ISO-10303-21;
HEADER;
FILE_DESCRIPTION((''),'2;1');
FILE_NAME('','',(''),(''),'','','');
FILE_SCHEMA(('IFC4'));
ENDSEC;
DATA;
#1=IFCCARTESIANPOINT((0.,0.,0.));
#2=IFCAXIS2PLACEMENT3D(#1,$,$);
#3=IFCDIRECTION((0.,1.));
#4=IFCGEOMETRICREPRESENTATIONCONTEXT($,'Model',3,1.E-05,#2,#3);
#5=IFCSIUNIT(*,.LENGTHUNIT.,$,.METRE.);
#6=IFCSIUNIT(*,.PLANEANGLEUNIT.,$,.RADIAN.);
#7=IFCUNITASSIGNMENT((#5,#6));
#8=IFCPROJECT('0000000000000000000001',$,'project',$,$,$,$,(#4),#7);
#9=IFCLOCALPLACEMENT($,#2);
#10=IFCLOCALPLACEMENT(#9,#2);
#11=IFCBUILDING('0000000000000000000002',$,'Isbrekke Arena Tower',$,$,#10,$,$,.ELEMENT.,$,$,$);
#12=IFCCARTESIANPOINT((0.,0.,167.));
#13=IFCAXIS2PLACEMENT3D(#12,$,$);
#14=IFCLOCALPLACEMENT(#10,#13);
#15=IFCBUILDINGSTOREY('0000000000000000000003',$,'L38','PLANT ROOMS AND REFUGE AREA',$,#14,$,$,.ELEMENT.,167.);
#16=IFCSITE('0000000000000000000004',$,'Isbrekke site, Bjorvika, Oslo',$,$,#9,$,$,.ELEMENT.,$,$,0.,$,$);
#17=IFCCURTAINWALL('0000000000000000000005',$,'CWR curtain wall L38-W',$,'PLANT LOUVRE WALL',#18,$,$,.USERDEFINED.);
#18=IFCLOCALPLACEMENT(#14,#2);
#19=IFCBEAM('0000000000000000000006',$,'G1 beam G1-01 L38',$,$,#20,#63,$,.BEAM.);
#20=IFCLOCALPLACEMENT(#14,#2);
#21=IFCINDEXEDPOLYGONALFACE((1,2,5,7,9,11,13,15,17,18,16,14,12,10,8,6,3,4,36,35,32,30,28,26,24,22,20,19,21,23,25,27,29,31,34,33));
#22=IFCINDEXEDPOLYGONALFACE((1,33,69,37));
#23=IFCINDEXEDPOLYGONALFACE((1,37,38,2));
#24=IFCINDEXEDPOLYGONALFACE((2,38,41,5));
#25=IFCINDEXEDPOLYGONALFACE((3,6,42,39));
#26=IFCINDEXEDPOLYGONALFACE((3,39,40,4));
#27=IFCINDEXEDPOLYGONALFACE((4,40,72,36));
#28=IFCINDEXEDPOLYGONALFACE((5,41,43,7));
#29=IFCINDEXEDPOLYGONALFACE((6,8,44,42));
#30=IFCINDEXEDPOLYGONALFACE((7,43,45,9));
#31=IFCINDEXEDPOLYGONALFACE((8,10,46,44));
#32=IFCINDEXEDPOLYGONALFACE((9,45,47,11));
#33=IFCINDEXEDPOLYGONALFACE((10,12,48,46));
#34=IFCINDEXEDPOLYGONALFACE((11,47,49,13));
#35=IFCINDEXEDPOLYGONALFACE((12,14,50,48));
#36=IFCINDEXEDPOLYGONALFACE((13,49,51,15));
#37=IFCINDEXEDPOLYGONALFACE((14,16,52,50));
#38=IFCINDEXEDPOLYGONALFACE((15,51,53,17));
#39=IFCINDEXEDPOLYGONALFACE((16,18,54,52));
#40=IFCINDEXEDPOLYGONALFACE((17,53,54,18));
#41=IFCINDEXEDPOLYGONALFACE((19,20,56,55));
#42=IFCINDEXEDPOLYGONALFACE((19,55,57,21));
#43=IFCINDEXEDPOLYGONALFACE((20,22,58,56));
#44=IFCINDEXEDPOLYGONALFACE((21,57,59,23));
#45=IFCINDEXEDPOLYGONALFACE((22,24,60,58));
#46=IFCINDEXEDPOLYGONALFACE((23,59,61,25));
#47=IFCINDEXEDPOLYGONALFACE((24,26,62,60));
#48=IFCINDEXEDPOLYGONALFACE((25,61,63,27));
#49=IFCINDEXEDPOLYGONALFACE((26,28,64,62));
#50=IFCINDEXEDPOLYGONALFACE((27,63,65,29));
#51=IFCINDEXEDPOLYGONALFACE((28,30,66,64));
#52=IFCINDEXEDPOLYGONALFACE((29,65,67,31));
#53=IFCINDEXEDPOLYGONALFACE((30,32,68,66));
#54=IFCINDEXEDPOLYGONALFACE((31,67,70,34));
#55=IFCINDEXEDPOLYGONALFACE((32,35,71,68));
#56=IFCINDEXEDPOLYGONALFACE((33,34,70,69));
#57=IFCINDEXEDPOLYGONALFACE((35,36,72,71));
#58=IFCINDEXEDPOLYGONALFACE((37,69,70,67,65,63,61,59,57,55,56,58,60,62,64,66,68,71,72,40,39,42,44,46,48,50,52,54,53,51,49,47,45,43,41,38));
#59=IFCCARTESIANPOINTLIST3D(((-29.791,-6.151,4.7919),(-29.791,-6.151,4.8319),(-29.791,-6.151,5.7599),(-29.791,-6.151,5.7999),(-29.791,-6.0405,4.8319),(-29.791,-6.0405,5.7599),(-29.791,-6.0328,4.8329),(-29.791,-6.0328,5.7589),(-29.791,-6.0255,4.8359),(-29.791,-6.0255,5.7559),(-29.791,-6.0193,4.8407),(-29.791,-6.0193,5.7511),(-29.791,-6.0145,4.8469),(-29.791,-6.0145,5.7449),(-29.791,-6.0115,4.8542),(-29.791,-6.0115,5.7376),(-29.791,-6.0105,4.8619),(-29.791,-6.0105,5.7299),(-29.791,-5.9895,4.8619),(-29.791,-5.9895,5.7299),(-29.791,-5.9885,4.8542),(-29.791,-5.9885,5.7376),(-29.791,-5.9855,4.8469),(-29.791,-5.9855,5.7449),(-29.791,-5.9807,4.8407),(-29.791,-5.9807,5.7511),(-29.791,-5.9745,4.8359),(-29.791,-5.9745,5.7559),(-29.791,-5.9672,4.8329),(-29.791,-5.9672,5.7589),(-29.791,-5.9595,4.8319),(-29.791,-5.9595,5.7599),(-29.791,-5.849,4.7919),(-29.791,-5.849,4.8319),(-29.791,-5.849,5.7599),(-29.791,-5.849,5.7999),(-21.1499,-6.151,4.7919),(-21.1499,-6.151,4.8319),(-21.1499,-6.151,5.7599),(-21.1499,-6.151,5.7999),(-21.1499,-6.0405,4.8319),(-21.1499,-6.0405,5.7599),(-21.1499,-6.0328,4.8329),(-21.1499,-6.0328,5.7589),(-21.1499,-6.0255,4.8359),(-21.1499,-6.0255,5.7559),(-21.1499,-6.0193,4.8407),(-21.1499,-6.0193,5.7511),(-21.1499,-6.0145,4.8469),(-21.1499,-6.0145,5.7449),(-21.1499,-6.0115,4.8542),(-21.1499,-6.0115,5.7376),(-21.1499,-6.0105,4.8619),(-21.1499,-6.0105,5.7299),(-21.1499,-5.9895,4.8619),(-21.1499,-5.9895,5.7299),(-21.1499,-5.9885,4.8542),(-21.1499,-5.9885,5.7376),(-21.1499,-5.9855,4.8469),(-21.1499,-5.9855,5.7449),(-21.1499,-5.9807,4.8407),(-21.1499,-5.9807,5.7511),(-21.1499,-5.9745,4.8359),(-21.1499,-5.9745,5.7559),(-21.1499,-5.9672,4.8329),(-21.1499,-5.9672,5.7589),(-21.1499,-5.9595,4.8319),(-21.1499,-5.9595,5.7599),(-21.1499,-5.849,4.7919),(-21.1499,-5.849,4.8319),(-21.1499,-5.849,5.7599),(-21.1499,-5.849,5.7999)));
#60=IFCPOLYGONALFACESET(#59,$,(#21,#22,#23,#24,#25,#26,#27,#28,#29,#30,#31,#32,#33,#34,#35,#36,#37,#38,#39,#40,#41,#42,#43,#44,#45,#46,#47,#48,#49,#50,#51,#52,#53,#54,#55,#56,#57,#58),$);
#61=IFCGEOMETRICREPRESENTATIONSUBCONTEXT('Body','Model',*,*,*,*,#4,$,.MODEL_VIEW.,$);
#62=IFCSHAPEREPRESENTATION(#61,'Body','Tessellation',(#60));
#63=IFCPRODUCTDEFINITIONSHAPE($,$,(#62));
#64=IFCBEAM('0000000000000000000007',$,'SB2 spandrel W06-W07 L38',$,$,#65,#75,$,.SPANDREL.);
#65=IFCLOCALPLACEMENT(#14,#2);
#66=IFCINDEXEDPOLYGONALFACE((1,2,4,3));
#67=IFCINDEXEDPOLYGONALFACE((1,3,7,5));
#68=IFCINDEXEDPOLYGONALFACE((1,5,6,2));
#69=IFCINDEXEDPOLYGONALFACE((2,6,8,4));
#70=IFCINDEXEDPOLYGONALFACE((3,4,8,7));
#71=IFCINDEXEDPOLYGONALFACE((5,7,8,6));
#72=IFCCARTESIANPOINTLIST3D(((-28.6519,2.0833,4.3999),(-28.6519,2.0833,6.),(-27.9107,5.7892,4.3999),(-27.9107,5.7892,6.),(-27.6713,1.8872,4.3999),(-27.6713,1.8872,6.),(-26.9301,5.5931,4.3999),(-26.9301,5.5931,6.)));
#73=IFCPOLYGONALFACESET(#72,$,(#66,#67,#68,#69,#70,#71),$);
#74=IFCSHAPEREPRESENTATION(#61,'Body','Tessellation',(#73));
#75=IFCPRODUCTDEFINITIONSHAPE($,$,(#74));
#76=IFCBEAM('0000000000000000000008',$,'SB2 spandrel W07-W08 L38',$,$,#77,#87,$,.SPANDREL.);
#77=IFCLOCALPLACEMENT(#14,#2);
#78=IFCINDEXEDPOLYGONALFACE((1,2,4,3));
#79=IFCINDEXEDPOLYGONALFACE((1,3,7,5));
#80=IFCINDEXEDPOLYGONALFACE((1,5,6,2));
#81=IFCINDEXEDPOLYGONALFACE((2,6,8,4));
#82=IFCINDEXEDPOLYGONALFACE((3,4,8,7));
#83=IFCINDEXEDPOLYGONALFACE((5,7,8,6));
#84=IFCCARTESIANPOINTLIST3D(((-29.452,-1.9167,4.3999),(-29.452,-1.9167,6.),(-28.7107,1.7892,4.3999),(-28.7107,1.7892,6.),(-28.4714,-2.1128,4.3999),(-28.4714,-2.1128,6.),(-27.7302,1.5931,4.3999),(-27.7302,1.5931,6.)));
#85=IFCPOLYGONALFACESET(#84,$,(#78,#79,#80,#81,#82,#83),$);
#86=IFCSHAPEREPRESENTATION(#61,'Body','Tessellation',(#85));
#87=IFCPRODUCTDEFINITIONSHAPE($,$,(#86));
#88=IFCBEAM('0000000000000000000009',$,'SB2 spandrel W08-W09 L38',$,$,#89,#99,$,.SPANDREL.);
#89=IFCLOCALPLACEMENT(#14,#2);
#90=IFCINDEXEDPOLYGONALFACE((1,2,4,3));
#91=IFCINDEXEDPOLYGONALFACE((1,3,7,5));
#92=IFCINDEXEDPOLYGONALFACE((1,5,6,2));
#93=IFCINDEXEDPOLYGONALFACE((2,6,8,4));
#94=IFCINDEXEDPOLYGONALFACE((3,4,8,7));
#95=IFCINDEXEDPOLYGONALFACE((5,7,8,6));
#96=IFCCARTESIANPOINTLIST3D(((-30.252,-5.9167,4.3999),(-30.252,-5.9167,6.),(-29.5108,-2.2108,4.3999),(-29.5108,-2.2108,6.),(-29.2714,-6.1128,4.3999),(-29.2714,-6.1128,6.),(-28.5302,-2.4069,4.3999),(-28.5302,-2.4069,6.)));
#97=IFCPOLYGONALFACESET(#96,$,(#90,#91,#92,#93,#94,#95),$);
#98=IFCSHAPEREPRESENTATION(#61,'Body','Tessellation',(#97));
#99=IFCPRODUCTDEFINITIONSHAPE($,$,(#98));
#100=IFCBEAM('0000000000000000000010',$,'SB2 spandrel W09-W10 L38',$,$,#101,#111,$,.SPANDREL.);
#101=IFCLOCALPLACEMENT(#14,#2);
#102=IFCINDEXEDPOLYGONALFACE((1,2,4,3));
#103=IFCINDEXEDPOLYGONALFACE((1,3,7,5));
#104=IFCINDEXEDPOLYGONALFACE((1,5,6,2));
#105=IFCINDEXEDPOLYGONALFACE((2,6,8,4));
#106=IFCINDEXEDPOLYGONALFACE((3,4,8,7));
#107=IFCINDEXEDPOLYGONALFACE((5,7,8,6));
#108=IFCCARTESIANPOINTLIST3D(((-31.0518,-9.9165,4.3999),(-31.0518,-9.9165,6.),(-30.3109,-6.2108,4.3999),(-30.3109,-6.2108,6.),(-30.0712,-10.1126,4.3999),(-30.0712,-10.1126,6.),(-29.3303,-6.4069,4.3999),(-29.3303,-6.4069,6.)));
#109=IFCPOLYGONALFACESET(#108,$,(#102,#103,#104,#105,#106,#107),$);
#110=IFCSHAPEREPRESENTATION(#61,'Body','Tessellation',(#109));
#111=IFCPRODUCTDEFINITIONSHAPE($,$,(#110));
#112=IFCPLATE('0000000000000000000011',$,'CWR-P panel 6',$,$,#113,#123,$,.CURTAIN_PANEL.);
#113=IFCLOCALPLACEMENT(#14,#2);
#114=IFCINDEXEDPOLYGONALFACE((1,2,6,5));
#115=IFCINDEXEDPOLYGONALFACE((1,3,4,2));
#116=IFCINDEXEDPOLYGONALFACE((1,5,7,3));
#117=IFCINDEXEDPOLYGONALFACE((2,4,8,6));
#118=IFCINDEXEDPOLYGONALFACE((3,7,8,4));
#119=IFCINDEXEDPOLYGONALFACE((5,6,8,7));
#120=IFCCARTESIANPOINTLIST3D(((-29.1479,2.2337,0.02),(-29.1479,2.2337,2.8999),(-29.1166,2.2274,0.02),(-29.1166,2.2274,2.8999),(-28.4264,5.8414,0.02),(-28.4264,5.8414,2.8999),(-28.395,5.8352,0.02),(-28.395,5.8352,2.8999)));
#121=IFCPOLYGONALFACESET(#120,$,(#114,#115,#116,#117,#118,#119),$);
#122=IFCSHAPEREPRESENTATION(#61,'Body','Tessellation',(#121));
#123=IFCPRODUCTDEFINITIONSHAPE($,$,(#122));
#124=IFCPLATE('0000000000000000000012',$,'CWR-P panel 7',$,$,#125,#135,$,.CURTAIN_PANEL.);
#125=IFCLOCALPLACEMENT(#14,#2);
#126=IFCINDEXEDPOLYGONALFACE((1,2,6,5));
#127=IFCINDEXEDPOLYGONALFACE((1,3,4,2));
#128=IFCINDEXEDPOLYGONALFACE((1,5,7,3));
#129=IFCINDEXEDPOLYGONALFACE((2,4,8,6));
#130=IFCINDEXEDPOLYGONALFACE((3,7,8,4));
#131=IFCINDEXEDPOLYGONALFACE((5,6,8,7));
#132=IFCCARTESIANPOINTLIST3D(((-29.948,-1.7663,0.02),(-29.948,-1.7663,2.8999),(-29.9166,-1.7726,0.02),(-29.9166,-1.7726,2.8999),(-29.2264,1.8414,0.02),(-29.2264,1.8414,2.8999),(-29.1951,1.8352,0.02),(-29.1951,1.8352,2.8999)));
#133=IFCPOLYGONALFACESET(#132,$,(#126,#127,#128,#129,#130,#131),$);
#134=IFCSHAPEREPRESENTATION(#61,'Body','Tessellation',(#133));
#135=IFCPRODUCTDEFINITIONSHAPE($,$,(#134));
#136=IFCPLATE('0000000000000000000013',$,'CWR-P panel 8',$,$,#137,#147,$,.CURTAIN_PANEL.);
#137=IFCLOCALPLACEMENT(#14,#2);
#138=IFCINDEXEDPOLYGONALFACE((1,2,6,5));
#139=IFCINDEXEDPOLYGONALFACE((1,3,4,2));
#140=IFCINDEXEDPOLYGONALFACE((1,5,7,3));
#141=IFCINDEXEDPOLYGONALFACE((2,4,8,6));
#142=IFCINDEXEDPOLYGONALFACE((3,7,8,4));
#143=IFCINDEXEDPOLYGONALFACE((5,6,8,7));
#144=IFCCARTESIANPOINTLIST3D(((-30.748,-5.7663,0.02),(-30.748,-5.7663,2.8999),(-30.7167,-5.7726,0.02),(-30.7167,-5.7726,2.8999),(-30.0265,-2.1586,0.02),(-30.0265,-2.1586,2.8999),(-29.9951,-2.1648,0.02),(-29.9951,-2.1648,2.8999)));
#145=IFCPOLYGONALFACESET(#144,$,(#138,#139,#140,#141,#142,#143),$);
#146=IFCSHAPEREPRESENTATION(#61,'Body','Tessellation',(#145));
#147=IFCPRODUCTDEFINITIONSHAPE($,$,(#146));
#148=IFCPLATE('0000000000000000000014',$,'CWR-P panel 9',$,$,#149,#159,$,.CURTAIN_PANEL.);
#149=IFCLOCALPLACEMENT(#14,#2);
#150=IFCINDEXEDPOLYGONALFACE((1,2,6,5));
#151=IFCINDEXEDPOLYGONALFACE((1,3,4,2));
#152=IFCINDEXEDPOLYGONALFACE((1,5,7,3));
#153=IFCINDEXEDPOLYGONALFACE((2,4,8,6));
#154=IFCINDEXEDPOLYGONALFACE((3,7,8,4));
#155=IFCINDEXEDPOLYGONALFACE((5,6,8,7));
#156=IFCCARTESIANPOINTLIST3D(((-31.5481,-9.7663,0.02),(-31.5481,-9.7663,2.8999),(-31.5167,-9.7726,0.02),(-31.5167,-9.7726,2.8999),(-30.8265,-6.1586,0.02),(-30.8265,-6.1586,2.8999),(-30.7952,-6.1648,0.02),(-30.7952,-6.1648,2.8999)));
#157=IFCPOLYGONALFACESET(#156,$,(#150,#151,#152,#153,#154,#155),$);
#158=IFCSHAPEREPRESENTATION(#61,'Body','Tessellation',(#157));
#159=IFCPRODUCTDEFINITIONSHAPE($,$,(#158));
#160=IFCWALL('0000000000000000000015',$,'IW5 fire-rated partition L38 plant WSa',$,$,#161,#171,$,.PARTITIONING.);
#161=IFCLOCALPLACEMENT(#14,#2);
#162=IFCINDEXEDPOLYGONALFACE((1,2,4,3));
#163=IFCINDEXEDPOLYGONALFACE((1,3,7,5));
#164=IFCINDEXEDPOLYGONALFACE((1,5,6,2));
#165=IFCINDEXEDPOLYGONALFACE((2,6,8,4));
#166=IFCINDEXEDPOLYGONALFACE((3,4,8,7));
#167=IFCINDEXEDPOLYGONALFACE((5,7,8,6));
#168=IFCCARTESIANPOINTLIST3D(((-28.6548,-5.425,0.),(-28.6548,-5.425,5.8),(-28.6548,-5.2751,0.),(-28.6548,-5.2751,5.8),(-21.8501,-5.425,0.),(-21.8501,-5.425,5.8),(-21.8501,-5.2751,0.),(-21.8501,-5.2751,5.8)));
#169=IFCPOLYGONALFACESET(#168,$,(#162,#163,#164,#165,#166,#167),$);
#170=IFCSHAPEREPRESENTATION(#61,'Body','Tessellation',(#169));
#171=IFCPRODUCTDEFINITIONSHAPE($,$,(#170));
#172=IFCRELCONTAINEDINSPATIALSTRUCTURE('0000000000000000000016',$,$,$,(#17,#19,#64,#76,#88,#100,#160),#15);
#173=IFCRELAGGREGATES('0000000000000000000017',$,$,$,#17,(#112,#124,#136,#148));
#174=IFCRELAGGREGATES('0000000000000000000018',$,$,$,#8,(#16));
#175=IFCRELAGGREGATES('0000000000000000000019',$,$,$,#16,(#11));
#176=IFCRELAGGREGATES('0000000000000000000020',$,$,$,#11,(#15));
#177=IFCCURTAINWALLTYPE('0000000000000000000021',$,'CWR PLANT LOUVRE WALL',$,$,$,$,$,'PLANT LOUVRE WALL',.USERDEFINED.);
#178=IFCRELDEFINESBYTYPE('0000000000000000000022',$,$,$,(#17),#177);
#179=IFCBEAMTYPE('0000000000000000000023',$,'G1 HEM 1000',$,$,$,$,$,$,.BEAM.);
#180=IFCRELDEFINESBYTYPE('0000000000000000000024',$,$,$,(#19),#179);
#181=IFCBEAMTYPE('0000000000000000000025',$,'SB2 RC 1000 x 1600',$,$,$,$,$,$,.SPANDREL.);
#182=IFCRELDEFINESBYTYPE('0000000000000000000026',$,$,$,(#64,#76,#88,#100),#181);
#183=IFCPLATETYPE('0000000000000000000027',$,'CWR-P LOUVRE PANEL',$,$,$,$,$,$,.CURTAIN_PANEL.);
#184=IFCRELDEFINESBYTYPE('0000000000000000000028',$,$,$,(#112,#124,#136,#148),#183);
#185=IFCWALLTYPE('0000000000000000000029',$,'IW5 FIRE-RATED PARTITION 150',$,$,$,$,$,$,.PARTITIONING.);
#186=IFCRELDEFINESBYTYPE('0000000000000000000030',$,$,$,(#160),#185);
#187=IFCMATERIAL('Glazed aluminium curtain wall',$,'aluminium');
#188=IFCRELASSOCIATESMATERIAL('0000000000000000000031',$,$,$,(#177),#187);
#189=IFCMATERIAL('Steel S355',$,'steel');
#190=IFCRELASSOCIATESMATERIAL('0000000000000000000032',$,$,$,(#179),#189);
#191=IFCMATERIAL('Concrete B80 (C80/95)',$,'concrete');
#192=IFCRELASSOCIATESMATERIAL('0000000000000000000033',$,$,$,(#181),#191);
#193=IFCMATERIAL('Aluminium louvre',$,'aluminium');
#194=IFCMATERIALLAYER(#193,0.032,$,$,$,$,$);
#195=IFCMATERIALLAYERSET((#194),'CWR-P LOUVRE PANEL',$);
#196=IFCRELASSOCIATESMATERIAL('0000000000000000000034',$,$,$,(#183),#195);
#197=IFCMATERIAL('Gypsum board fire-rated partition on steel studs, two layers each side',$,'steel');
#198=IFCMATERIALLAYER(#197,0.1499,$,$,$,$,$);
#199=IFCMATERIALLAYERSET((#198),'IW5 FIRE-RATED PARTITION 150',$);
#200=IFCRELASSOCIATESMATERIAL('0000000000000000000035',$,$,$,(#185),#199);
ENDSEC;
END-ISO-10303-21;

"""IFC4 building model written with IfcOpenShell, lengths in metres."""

from ifc_helpers import new_model, si_unit, direction, frame, frame_2d, origin, origin_2d, place, context, subcontext, project, spatial, rectangle, i_section, extrude, material, layer, layer_set, material_profile, profile_set, type_object, element, aggregate, save


model = new_model("IFC4")

# Units and contexts
model_context = context("Model", 3, precision=1e-05, world=origin(), true_north=direction((0.0, 1.0)))
body_context = subcontext(model_context, "Body", "Model", "MODEL_VIEW")
ifc_project = project(units=[si_unit("LENGTHUNIT", "METRE"), si_unit("PLANEANGLEUNIT", "RADIAN")], contexts=[model_context])

# Site, building, storey
site_placement = place(None, origin())
site = spatial("IfcSite", under=ifc_project, at=site_placement, Name="Isbrekke site, Bjorvika, Oslo", CompositionType="ELEMENT", RefElevation=0.0)
building_placement = place(site_placement, origin())
building = spatial("IfcBuilding", under=site, at=building_placement, Name="Isbrekke Arena Tower", CompositionType="ELEMENT")
storey_placement = place(building_placement, frame((0.0, 0.0, 167.0)))
storey = spatial("IfcBuildingStorey", under=building, at=storey_placement, Name="L38", Description="PLANT ROOMS AND REFUGE AREA", CompositionType="ELEMENT", Elevation=167.0)

# Curtain wall
ifc_material_1 = material(Name="Glazed aluminium curtain wall", Category="aluminium")
curtain_wall_type = type_object("IfcCurtainWallType", Name="CWR PLANT LOUVRE WALL", ElementType="PLANT LOUVRE WALL", PredefinedType="USERDEFINED", material=ifc_material_1)
curtain_wall_placement = place(storey_placement, origin())
curtain_wall = element("IfcCurtainWall", 1, at=curtain_wall_placement, inside=storey, type_object=curtain_wall_type, Name="CWR curtain wall L38-W", ObjectType="PLANT LOUVRE WALL", PredefinedType="USERDEFINED")

# Beams
ifc_material_2 = material(Name="Steel S355", Category="steel")
ifc_material_profile_1 = material_profile(ifc_material_2, i_section(OverallWidth=0.302, OverallDepth=1.0081, WebThickness=0.021, FlangeThickness=0.04, FilletRadius=0.03, at=origin_2d()), Name="HEM 1000")
ifc_profile_set_1 = profile_set([ifc_material_profile_1], Name="Steel S355")
beam_type_1 = type_object("IfcBeamType", Name="G1 HEM 1000", PredefinedType="BEAM", material=ifc_profile_set_1)
beam_1_placement = place(storey_placement, frame((-29.791, -6.0, 5.2959), z_axis=(1.0, 0.0, 0.0), x_axis=(0.0, 1.0, 0.0)))
element("IfcBeam", 2, at=beam_1_placement, inside=storey, type_object=beam_type_1, Name="G1 beam G1-01 L38", PredefinedType="BEAM", context=body_context, shape_type="SweptSolid", body=[
    extrude(i_section(OverallWidth=0.302, OverallDepth=1.0081, WebThickness=0.021, FlangeThickness=0.04, FilletRadius=0.03, at=origin_2d()), origin(), (0.0, 0.0, 1.0), 8.6411),
])
ifc_material_3 = material(Name="Concrete B80 (C80/95)", Category="concrete")
ifc_material_profile_2 = material_profile(ifc_material_3, rectangle(XDim=1.0, YDim=1.6001, at=origin_2d()), Name="RC 1000x1600")
ifc_profile_set_2 = profile_set([ifc_material_profile_2], Name="Concrete B80 (C80/95)")
beam_type_2 = type_object("IfcBeamType", Name="SB2 RC 1000 x 1600", PredefinedType="SPANDREL", material=ifc_profile_set_2)
for number, where, z_axis, x_axis, name in (
    (3, (-27.4204, 5.6912, 5.2), (-0.196129, -0.980578, 0.0), (0.980578, -0.196129, 0.0), "SB2 spandrel W06-W07 L38"),
    (4, (-28.2205, 1.6912, 5.2), (-0.196129, -0.980578, 0.0), (0.980578, -0.196129, 0.0), "SB2 spandrel W07-W08 L38"),
    (5, (-29.0205, -2.3088, 5.2), (-0.196129, -0.980578, 0.0), (0.980578, -0.196129, 0.0), "SB2 spandrel W08-W09 L38"),
):
    element("IfcBeam", number, at=place(storey_placement, frame(where, z_axis=z_axis, x_axis=x_axis)), inside=storey, type_object=beam_type_2, Name=name, PredefinedType="SPANDREL", context=body_context, shape_type="SweptSolid", body=[
        extrude(rectangle(XDim=1.0, YDim=1.6001, at=origin_2d()), origin(), (0.0, 0.0, 1.0), 3.7793),
    ])
beam_2_placement = place(storey_placement, frame((-29.8206, -6.3088, 5.2), z_axis=(-0.196066, -0.980591, 0.0), x_axis=(0.980591, -0.196066, 0.0)))
element("IfcBeam", 6, at=beam_2_placement, inside=storey, type_object=beam_type_2, Name="SB2 spandrel W09-W10 L38", PredefinedType="SPANDREL", context=body_context, shape_type="SweptSolid", body=[
    extrude(rectangle(XDim=1.0, YDim=1.6001, at=origin_2d()), origin(), (0.0, 0.0, 1.0), 3.7791),
])

# Plates
ifc_material_4 = material(Name="Aluminium louvre", Category="aluminium")
ifc_layer_1 = layer(ifc_material_4, 0.032)
ifc_layer_set_1 = layer_set([ifc_layer_1], Name="CWR-P LOUVRE PANEL")
plate_type = type_object("IfcPlateType", Name="CWR-P LOUVRE PANEL", PredefinedType="CURTAIN_PANEL", material=ifc_layer_set_1)
plate_1_placement = place(storey_placement, frame((-28.7715, 4.0344, 0.02), z_axis=(0.0, 0.0, 1.0), x_axis=(-0.196116, -0.980581, 0.0)))
plate_1 = element("IfcPlate", 7, at=plate_1_placement, type_object=plate_type, Name="CWR-P panel 6", PredefinedType="CURTAIN_PANEL", context=body_context, shape_type="SweptSolid", body=[
    extrude(rectangle(XDim=3.6792, YDim=0.032, at=origin_2d()), origin(), (0.0, 0.0, 1.0), 2.8799),
])
plate_2_placement = place(storey_placement, frame((-29.5715, 0.0344, 0.02), z_axis=(0.0, 0.0, 1.0), x_axis=(-0.196116, -0.980581, 0.0)))
plate_2 = element("IfcPlate", 8, at=plate_2_placement, type_object=plate_type, Name="CWR-P panel 7", PredefinedType="CURTAIN_PANEL", context=body_context, shape_type="SweptSolid", body=[
    extrude(rectangle(XDim=3.6792, YDim=0.032, at=origin_2d()), origin(), (0.0, 0.0, 1.0), 2.8799),
])
plate_3_placement = place(storey_placement, frame((-30.3716, -3.9656, 0.02), z_axis=(0.0, 0.0, 1.0), x_axis=(-0.196116, -0.980581, 0.0)))
plate_3 = element("IfcPlate", 9, at=plate_3_placement, type_object=plate_type, Name="CWR-P panel 8", PredefinedType="CURTAIN_PANEL", context=body_context, shape_type="SweptSolid", body=[
    extrude(rectangle(XDim=3.6792, YDim=0.032, at=origin_2d()), origin(), (0.0, 0.0, 1.0), 2.8799),
])
plate_4_placement = place(storey_placement, frame((-31.1716, -7.9656, 0.02), z_axis=(0.0, 0.0, 1.0), x_axis=(-0.196116, -0.980581, 0.0)))
plate_4 = element("IfcPlate", 10, at=plate_4_placement, type_object=plate_type, Name="CWR-P panel 9", PredefinedType="CURTAIN_PANEL", context=body_context, shape_type="SweptSolid", body=[
    extrude(rectangle(XDim=3.6792, YDim=0.032, at=origin_2d()), origin(), (0.0, 0.0, 1.0), 2.8799),
])
aggregate(curtain_wall, [plate_1, plate_2, plate_3, plate_4])

# Wall
ifc_material_5 = material(Name="Gypsum board fire-rated partition on steel studs, two layers each side", Category="steel")
ifc_layer_2 = layer(ifc_material_5, 0.1499)
ifc_layer_set_2 = layer_set([ifc_layer_2], Name="IW5 FIRE-RATED PARTITION 150")
wall_type = type_object("IfcWallType", Name="IW5 FIRE-RATED PARTITION 150", PredefinedType="PARTITIONING", material=ifc_layer_set_2)
wall_placement = place(storey_placement, frame((-28.6548, -5.3501, 0.0), z_axis=(0.0, 0.0, 1.0), x_axis=(1.0, 0.0, 0.0)))
element("IfcWall", 11, at=wall_placement, inside=storey, type_object=wall_type, Name="IW5 fire-rated partition L38 plant WSa", PredefinedType="PARTITIONING", context=body_context, shape_type="SweptSolid", body=[
    extrude(rectangle(XDim=6.8047, YDim=0.1499, at=frame_2d((3.4023, 0.0))), origin(), (0.0, 0.0, 1.0), 5.8),
])

save(model, "model.ifc")
